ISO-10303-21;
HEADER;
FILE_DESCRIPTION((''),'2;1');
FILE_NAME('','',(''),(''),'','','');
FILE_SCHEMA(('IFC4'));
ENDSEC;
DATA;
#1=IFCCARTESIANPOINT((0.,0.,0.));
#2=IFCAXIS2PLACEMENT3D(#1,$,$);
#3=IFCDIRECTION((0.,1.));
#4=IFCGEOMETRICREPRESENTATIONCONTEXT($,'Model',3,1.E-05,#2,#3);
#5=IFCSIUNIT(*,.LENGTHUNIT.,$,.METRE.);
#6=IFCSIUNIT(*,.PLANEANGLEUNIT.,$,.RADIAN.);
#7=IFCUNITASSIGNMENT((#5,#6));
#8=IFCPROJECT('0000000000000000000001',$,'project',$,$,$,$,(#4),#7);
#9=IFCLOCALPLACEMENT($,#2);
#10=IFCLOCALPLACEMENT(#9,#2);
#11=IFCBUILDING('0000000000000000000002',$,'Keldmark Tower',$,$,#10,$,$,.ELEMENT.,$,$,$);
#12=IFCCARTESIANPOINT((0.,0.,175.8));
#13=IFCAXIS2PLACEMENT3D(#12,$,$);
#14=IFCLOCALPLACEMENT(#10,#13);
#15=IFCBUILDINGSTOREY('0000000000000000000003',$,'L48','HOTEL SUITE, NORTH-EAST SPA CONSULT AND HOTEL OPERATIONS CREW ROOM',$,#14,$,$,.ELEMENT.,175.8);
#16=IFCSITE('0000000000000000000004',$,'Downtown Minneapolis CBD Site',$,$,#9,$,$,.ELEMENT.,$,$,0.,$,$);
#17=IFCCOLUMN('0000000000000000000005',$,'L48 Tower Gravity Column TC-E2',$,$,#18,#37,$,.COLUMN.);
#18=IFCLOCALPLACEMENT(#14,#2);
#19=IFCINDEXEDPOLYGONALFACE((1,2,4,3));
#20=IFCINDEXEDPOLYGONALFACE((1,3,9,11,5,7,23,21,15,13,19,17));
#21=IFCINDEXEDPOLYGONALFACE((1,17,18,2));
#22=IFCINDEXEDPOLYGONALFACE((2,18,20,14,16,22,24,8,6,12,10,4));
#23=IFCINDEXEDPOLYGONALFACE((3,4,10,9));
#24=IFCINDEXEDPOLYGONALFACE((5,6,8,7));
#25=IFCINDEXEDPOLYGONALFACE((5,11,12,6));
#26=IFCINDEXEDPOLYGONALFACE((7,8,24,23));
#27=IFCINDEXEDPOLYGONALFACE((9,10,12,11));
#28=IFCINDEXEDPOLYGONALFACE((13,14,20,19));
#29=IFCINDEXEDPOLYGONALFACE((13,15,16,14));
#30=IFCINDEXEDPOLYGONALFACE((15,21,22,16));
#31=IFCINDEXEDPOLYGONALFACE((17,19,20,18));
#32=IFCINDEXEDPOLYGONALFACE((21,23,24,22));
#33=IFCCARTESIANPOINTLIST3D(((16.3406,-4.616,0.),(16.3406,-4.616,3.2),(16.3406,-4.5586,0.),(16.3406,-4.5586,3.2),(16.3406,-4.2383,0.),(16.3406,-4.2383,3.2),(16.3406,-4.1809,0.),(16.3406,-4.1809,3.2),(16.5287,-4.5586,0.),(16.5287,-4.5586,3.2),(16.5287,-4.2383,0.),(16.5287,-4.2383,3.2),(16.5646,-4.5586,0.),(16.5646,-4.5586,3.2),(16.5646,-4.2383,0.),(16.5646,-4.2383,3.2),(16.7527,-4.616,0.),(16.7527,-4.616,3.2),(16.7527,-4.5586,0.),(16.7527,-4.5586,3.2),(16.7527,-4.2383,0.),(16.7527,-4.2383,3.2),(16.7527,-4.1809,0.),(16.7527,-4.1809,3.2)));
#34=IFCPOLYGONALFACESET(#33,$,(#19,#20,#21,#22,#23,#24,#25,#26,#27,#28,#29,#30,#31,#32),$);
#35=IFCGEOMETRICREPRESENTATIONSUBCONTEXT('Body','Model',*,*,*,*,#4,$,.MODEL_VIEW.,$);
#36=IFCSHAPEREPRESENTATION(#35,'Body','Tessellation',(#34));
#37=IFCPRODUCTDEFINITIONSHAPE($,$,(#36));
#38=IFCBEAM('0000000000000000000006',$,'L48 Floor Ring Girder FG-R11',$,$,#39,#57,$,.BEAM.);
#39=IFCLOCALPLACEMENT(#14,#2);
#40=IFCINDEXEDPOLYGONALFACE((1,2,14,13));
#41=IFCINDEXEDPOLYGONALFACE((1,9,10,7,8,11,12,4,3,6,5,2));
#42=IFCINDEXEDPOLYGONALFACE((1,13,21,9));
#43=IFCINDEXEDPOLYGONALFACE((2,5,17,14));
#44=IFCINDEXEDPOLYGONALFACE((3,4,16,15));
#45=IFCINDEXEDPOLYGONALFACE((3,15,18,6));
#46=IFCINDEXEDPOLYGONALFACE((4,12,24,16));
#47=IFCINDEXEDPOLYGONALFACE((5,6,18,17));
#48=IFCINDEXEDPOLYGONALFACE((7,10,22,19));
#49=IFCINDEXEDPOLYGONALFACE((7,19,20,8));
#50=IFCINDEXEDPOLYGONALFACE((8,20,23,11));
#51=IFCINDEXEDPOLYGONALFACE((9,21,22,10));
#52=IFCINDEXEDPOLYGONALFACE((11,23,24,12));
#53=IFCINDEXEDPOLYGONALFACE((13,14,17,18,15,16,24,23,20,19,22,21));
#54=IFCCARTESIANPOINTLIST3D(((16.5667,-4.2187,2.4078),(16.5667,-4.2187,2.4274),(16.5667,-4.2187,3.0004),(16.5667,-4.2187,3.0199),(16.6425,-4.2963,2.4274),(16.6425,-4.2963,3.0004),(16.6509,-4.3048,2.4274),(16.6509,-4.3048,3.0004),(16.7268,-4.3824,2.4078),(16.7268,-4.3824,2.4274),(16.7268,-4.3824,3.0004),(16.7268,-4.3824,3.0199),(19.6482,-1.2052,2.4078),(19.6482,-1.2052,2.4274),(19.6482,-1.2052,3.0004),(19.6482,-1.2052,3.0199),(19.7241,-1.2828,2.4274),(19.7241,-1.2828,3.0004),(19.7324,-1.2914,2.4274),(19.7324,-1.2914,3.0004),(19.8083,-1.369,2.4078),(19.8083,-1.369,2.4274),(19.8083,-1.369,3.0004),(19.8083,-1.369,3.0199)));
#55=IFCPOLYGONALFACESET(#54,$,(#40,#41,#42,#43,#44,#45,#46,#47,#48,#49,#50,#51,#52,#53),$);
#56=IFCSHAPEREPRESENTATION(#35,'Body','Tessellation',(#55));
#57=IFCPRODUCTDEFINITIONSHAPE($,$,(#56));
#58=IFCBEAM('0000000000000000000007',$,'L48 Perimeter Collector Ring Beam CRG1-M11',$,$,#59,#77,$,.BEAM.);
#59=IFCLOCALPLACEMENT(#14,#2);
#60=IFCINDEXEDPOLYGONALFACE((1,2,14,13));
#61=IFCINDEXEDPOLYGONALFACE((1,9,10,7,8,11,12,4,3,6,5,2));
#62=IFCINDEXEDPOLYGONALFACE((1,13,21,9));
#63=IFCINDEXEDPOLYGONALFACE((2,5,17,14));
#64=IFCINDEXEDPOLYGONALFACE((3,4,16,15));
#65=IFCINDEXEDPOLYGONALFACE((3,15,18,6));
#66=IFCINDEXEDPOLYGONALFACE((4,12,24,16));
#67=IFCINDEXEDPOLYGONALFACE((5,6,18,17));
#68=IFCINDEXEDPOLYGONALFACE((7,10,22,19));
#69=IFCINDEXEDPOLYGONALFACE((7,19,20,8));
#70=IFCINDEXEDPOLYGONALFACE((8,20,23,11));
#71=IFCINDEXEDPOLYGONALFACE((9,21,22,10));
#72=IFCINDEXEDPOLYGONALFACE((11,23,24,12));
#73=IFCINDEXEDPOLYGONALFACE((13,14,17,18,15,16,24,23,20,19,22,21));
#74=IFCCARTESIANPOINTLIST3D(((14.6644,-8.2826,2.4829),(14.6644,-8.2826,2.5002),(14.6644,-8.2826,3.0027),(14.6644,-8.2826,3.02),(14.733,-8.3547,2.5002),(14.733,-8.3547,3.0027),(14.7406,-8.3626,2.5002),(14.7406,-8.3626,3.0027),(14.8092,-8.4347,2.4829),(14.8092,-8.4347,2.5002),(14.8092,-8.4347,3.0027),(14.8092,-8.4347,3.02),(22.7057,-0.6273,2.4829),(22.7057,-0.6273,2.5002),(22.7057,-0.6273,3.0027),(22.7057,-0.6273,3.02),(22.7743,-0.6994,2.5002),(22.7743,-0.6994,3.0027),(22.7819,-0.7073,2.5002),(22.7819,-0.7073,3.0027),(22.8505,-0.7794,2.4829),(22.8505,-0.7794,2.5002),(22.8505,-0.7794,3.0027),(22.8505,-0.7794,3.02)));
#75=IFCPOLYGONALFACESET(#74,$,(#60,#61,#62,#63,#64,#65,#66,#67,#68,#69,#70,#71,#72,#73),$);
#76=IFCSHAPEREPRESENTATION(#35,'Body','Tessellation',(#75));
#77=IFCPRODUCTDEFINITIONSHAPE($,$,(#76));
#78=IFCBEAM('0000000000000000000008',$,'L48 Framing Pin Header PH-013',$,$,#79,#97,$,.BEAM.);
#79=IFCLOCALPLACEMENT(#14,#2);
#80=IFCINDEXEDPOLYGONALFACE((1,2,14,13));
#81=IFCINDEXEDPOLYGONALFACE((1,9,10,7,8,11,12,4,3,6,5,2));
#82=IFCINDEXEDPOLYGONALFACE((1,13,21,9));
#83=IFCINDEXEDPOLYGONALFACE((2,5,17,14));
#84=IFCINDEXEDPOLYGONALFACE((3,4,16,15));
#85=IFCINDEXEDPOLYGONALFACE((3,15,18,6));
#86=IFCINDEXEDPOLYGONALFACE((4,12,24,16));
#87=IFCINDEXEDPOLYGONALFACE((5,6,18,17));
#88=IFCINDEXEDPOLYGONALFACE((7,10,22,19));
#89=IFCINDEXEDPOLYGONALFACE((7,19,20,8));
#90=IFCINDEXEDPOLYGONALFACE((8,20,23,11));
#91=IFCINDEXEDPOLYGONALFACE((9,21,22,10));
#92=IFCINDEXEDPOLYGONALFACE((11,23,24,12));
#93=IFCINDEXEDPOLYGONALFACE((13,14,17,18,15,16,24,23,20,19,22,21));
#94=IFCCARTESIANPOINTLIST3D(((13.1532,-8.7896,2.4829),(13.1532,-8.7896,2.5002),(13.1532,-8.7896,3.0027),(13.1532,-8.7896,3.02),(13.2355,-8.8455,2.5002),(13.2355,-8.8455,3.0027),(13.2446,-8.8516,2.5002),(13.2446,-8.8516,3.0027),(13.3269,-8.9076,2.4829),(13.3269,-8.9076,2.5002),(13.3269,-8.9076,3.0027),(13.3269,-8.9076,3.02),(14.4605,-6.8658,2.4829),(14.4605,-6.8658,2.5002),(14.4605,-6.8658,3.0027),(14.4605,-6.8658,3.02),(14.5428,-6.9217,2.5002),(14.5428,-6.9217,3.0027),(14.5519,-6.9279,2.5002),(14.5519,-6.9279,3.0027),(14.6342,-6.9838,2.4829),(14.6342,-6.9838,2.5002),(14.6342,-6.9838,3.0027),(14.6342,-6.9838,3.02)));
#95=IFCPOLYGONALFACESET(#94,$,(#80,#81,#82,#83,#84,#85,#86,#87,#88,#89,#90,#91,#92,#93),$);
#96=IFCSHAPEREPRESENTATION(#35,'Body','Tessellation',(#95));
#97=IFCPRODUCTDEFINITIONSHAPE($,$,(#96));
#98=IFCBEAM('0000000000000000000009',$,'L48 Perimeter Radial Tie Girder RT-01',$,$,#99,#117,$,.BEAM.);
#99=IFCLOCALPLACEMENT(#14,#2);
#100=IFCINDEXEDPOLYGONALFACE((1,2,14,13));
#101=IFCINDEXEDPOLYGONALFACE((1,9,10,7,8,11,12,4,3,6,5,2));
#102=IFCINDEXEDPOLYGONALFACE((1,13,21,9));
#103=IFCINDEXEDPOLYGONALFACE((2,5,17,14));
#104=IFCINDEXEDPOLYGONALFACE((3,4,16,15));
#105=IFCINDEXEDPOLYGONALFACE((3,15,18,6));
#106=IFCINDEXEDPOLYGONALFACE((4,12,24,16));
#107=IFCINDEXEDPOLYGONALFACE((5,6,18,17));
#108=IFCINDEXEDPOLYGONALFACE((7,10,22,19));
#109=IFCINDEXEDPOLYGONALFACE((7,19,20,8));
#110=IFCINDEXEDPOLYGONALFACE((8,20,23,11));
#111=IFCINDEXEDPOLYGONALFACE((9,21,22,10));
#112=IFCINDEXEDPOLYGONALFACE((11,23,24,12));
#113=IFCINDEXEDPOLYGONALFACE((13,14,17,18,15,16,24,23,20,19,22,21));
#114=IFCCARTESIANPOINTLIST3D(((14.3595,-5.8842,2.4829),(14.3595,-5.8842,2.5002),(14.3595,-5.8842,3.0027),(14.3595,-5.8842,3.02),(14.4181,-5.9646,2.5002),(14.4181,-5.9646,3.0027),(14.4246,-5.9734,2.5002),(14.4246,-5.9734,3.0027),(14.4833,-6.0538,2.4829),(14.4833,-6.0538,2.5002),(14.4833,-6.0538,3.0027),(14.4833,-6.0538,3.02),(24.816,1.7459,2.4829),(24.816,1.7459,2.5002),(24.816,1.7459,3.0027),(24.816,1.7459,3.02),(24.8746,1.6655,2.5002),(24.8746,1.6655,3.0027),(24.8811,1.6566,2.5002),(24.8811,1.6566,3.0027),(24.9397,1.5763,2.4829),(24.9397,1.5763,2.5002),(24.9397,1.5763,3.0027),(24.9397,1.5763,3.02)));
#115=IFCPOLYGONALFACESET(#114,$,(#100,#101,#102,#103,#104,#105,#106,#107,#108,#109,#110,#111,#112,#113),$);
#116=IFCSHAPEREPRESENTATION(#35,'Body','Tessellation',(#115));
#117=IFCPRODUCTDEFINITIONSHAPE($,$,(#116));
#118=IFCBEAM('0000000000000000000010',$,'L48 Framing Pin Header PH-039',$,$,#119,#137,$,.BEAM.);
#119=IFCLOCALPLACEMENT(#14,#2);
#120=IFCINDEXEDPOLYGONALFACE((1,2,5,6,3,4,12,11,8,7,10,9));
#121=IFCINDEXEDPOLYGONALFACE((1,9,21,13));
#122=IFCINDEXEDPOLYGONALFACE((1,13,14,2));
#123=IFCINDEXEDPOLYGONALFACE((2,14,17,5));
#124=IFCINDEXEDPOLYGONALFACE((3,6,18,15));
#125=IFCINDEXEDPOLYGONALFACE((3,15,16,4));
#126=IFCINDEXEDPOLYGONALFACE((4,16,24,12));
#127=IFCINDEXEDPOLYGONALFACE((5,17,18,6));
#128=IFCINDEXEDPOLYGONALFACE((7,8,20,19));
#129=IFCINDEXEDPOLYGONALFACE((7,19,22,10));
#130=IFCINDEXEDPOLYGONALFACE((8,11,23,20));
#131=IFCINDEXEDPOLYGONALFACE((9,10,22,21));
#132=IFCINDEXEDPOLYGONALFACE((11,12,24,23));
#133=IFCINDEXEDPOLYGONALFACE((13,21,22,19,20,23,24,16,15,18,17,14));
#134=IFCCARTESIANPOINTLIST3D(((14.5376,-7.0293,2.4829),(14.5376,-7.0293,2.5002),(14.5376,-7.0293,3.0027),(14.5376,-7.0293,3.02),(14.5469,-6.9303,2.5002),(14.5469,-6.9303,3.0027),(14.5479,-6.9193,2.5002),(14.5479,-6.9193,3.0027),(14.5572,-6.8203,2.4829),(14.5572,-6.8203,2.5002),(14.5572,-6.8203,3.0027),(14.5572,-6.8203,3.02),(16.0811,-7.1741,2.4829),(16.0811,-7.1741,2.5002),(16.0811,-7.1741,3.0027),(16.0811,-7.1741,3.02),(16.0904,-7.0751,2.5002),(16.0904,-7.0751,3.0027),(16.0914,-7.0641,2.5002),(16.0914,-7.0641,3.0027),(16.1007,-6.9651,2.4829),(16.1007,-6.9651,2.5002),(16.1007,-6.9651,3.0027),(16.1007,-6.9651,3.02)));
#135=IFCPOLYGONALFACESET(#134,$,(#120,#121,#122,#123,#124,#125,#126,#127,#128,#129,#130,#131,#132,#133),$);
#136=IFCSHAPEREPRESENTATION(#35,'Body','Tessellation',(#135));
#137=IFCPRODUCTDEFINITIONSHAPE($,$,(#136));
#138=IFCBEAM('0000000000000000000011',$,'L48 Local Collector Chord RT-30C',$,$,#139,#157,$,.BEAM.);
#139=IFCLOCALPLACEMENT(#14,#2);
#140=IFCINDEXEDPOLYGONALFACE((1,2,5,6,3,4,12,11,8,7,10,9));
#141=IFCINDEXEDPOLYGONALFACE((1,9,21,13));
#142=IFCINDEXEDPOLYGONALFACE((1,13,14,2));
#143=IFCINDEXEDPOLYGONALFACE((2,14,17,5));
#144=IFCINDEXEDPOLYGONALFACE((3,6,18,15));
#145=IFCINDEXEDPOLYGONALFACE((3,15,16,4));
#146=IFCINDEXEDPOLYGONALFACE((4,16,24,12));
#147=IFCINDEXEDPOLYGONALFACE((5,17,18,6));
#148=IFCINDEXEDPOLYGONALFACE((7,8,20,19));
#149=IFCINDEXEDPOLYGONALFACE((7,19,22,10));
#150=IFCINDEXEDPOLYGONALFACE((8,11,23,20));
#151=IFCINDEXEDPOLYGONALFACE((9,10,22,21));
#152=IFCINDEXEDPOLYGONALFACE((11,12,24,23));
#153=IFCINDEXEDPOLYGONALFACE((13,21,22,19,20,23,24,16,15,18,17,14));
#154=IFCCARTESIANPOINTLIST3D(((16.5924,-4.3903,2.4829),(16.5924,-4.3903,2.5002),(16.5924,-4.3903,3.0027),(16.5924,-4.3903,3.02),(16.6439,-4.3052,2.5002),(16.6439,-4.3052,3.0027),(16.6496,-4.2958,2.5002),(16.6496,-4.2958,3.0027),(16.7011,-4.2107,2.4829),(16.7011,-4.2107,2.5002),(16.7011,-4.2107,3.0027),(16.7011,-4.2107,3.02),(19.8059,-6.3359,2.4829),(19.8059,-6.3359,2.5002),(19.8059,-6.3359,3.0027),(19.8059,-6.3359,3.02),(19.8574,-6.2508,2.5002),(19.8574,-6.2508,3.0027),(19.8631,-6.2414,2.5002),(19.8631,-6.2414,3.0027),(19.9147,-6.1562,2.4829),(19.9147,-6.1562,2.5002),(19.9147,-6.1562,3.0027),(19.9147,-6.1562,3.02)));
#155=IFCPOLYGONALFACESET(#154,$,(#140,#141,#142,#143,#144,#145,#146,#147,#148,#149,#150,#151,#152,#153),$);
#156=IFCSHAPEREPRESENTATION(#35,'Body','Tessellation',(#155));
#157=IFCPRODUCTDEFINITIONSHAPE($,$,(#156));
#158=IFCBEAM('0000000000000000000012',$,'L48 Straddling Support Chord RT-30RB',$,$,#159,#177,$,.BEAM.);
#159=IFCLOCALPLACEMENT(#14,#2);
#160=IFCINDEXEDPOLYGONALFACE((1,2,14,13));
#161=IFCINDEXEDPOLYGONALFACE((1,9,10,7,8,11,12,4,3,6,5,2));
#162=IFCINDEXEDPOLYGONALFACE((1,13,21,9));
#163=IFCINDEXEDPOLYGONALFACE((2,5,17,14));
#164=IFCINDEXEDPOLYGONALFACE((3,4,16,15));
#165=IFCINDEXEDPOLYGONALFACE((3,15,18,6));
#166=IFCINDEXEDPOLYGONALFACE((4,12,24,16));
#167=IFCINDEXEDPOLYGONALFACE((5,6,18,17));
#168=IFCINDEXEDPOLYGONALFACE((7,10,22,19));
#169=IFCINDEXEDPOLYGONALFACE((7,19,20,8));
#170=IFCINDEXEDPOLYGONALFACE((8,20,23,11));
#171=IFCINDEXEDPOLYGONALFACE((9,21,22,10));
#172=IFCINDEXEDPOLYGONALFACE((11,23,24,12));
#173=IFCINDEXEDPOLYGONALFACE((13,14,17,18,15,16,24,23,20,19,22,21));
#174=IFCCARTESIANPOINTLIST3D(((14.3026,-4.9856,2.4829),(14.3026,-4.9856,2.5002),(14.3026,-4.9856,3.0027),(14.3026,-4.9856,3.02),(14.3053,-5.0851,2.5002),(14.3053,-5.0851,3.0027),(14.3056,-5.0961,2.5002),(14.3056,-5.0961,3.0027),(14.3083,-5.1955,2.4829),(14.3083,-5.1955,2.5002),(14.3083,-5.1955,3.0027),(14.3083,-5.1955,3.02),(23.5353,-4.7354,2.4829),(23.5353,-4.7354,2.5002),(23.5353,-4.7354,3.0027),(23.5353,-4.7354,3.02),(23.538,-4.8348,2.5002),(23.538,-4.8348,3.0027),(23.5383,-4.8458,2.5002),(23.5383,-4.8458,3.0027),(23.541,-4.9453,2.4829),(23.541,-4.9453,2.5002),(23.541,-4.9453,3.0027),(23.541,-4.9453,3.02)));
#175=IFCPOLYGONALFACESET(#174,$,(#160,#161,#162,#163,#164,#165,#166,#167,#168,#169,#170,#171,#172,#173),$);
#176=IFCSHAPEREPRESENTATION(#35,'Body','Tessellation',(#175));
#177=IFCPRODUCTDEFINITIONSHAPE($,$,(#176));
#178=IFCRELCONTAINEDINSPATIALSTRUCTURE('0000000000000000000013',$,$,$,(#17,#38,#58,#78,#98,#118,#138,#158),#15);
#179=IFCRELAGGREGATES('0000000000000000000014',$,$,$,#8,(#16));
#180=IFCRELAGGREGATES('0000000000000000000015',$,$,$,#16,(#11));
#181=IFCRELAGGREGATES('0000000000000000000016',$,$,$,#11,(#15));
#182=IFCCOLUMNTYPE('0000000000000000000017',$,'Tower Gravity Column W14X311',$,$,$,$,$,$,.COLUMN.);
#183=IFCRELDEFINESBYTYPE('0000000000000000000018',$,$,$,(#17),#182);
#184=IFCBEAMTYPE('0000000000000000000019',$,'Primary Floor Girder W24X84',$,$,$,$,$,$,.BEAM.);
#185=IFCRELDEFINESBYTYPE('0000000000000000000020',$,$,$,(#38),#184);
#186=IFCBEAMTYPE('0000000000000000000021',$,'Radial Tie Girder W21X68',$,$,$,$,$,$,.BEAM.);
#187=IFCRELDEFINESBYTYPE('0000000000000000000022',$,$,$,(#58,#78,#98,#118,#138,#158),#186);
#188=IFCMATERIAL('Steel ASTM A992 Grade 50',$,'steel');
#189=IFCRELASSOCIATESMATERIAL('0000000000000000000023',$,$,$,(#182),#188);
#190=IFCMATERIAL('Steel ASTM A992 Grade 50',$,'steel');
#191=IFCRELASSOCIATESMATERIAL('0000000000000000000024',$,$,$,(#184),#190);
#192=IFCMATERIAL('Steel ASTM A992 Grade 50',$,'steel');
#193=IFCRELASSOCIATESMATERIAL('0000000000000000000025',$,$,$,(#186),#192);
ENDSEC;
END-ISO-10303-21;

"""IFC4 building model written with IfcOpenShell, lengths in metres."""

from ifc_helpers import new_model, si_unit, direction, frame, origin, origin_2d, place, context, subcontext, project, spatial, i_section, extrude, material, material_profile, profile_set, type_object, element, save


model = new_model("IFC4")

# Units and contexts
model_context = context("Model", 3, precision=1e-05, world=origin(), true_north=direction((0.0, 1.0)))
body_context = subcontext(model_context, "Body", "Model", "MODEL_VIEW")
ifc_project = project(units=[si_unit("LENGTHUNIT", "METRE"), si_unit("PLANEANGLEUNIT", "RADIAN")], contexts=[model_context])

# Site, building, storey
site_placement = place(None, origin())
site = spatial("IfcSite", under=ifc_project, at=site_placement, Name="Downtown Minneapolis CBD Site", CompositionType="ELEMENT", RefElevation=0.0)
building_placement = place(site_placement, origin())
building = spatial("IfcBuilding", under=site, at=building_placement, Name="Keldmark Tower", CompositionType="ELEMENT")
storey_placement = place(building_placement, frame((0.0, 0.0, 175.8)))
storey = spatial("IfcBuildingStorey", under=building, at=storey_placement, Name="L48", Description="HOTEL SUITE, NORTH-EAST SPA CONSULT AND HOTEL OPERATIONS CREW ROOM", CompositionType="ELEMENT", Elevation=175.8)

# Column
ifc_material_1 = material(Name="Steel ASTM A992 Grade 50", Category="steel")
ifc_material_profile_1 = material_profile(ifc_material_1, i_section(OverallWidth=0.4121, OverallDepth=0.4351, WebThickness=0.0359, FlangeThickness=0.0574, at=origin_2d()), Name="W14X311")
ifc_profile_set_1 = profile_set([ifc_material_profile_1], Name="Steel ASTM A992 Grade 50")
column_type = type_object("IfcColumnType", Name="Tower Gravity Column W14X311", PredefinedType="COLUMN", material=ifc_profile_set_1)
column_placement = place(storey_placement, frame((16.5466, -4.3984, 0.0), z_axis=(0.0, 0.0, 1.0), x_axis=(1.0, 0.0, 0.0)))
element("IfcColumn", 1, at=column_placement, inside=storey, type_object=column_type, Name="L48 Tower Gravity Column TC-E2", PredefinedType="COLUMN", context=body_context, shape_type="SweptSolid", body=[
    extrude(i_section(OverallWidth=0.4121, OverallDepth=0.4351, WebThickness=0.0359, FlangeThickness=0.0574, at=origin_2d()), origin(), (0.0, 0.0, 1.0), 3.2),
])

# Beams
ifc_material_2 = material(Name="Steel ASTM A992 Grade 50", Category="steel")
ifc_material_profile_2 = material_profile(ifc_material_2, i_section(OverallWidth=0.229, OverallDepth=0.6121, WebThickness=0.012, FlangeThickness=0.0195, at=origin_2d()), Name="W24X84")
ifc_profile_set_2 = profile_set([ifc_material_profile_2], Name="Steel ASTM A992 Grade 50")
beam_type_1 = type_object("IfcBeamType", Name="Primary Floor Girder W24X84", PredefinedType="BEAM", material=ifc_profile_set_2)
beam_1_placement = place(storey_placement, frame((16.6467, -4.3005, 2.7139), z_axis=(0.714965, 0.699161, 0.0), x_axis=(-0.699161, 0.714965, 0.0)))
element("IfcBeam", 2, at=beam_1_placement, inside=storey, type_object=beam_type_1, Name="L48 Floor Ring Girder FG-R11", PredefinedType="BEAM", context=body_context, shape_type="SweptSolid", body=[
    extrude(i_section(OverallWidth=0.229, OverallDepth=0.6121, WebThickness=0.012, FlangeThickness=0.0195, at=origin_2d()), origin(), (0.0, 0.0, 1.0), 4.3101),
])
ifc_material_3 = material(Name="Steel ASTM A992 Grade 50", Category="steel")
ifc_material_profile_3 = material_profile(ifc_material_3, i_section(OverallWidth=0.21, OverallDepth=0.5371, WebThickness=0.011, FlangeThickness=0.0173, at=origin_2d()), Name="W21X68")
ifc_profile_set_3 = profile_set([ifc_material_profile_3], Name="Steel ASTM A992 Grade 50")
beam_type_2 = type_object("IfcBeamType", Name="Radial Tie Girder W21X68", PredefinedType="BEAM", material=ifc_profile_set_3)
beam_2_placement = place(storey_placement, frame((14.7368, -8.3586, 2.7515), z_axis=(0.724276, 0.68951, 0.0), x_axis=(-0.68951, 0.724276, 0.0)))
element("IfcBeam", 3, at=beam_2_placement, inside=storey, type_object=beam_type_2, Name="L48 Perimeter Collector Ring Beam CRG1-M11", PredefinedType="BEAM", context=body_context, shape_type="SweptSolid", body=[
    extrude(i_section(OverallWidth=0.21, OverallDepth=0.5371, WebThickness=0.011, FlangeThickness=0.0173, at=origin_2d()), origin(), (0.0, 0.0, 1.0), 11.1025),
])
beam_3_placement = place(storey_placement, frame((14.5474, -6.9248, 2.7515), z_axis=(-0.562066, -0.827092, 0.0), x_axis=(0.827092, -0.562066, 0.0)))
element("IfcBeam", 4, at=beam_3_placement, inside=storey, type_object=beam_type_2, Name="L48 Framing Pin Header PH-013", PredefinedType="BEAM", context=body_context, shape_type="SweptSolid", body=[
    extrude(i_section(OverallWidth=0.21, OverallDepth=0.5371, WebThickness=0.011, FlangeThickness=0.0173, at=origin_2d()), origin(), (0.0, 0.0, 1.0), 2.3259),
])
beam_4_placement = place(storey_placement, frame((14.4214, -5.969, 2.7515), z_axis=(0.807803, 0.589453, 0.0), x_axis=(-0.589453, 0.807803, 0.0)))
element("IfcBeam", 5, at=beam_4_placement, inside=storey, type_object=beam_type_2, Name="L48 Perimeter Radial Tie Girder RT-01", PredefinedType="BEAM", context=body_context, shape_type="SweptSolid", body=[
    extrude(i_section(OverallWidth=0.21, OverallDepth=0.5371, WebThickness=0.011, FlangeThickness=0.0173, at=origin_2d()), origin(), (0.0, 0.0, 1.0), 12.9443),
])
beam_5_placement = place(storey_placement, frame((14.5474, -6.9248, 2.7515), z_axis=(0.99563, -0.093389, 0.0), x_axis=(0.093389, 0.99563, 0.0)))
element("IfcBeam", 6, at=beam_5_placement, inside=storey, type_object=beam_type_2, Name="L48 Framing Pin Header PH-039", PredefinedType="BEAM", context=body_context, shape_type="SweptSolid", body=[
    extrude(i_section(OverallWidth=0.21, OverallDepth=0.5371, WebThickness=0.011, FlangeThickness=0.0173, at=origin_2d()), origin(), (0.0, 0.0, 1.0), 1.5503),
])
beam_6_placement = place(storey_placement, frame((16.6467, -4.3005, 2.7515), z_axis=(0.855445, -0.517894, 0.0), x_axis=(0.517894, 0.855445, 0.0)))
element("IfcBeam", 7, at=beam_6_placement, inside=storey, type_object=beam_type_2, Name="L48 Local Collector Chord RT-30C", PredefinedType="BEAM", context=body_context, shape_type="SweptSolid", body=[
    extrude(i_section(OverallWidth=0.21, OverallDepth=0.5371, WebThickness=0.011, FlangeThickness=0.0173, at=origin_2d()), origin(), (0.0, 0.0, 1.0), 3.7566),
])
beam_7_placement = place(storey_placement, frame((14.3054, -5.0906, 2.7515), z_axis=(0.999633, 0.027094, 0.0), x_axis=(-0.027094, 0.999633, 0.0)))
element("IfcBeam", 8, at=beam_7_placement, inside=storey, type_object=beam_type_2, Name="L48 Straddling Support Chord RT-30RB", PredefinedType="BEAM", context=body_context, shape_type="SweptSolid", body=[
    extrude(i_section(OverallWidth=0.21, OverallDepth=0.5371, WebThickness=0.011, FlangeThickness=0.0173, at=origin_2d()), origin(), (0.0, 0.0, 1.0), 9.2361),
])

save(model, "model.ifc")
